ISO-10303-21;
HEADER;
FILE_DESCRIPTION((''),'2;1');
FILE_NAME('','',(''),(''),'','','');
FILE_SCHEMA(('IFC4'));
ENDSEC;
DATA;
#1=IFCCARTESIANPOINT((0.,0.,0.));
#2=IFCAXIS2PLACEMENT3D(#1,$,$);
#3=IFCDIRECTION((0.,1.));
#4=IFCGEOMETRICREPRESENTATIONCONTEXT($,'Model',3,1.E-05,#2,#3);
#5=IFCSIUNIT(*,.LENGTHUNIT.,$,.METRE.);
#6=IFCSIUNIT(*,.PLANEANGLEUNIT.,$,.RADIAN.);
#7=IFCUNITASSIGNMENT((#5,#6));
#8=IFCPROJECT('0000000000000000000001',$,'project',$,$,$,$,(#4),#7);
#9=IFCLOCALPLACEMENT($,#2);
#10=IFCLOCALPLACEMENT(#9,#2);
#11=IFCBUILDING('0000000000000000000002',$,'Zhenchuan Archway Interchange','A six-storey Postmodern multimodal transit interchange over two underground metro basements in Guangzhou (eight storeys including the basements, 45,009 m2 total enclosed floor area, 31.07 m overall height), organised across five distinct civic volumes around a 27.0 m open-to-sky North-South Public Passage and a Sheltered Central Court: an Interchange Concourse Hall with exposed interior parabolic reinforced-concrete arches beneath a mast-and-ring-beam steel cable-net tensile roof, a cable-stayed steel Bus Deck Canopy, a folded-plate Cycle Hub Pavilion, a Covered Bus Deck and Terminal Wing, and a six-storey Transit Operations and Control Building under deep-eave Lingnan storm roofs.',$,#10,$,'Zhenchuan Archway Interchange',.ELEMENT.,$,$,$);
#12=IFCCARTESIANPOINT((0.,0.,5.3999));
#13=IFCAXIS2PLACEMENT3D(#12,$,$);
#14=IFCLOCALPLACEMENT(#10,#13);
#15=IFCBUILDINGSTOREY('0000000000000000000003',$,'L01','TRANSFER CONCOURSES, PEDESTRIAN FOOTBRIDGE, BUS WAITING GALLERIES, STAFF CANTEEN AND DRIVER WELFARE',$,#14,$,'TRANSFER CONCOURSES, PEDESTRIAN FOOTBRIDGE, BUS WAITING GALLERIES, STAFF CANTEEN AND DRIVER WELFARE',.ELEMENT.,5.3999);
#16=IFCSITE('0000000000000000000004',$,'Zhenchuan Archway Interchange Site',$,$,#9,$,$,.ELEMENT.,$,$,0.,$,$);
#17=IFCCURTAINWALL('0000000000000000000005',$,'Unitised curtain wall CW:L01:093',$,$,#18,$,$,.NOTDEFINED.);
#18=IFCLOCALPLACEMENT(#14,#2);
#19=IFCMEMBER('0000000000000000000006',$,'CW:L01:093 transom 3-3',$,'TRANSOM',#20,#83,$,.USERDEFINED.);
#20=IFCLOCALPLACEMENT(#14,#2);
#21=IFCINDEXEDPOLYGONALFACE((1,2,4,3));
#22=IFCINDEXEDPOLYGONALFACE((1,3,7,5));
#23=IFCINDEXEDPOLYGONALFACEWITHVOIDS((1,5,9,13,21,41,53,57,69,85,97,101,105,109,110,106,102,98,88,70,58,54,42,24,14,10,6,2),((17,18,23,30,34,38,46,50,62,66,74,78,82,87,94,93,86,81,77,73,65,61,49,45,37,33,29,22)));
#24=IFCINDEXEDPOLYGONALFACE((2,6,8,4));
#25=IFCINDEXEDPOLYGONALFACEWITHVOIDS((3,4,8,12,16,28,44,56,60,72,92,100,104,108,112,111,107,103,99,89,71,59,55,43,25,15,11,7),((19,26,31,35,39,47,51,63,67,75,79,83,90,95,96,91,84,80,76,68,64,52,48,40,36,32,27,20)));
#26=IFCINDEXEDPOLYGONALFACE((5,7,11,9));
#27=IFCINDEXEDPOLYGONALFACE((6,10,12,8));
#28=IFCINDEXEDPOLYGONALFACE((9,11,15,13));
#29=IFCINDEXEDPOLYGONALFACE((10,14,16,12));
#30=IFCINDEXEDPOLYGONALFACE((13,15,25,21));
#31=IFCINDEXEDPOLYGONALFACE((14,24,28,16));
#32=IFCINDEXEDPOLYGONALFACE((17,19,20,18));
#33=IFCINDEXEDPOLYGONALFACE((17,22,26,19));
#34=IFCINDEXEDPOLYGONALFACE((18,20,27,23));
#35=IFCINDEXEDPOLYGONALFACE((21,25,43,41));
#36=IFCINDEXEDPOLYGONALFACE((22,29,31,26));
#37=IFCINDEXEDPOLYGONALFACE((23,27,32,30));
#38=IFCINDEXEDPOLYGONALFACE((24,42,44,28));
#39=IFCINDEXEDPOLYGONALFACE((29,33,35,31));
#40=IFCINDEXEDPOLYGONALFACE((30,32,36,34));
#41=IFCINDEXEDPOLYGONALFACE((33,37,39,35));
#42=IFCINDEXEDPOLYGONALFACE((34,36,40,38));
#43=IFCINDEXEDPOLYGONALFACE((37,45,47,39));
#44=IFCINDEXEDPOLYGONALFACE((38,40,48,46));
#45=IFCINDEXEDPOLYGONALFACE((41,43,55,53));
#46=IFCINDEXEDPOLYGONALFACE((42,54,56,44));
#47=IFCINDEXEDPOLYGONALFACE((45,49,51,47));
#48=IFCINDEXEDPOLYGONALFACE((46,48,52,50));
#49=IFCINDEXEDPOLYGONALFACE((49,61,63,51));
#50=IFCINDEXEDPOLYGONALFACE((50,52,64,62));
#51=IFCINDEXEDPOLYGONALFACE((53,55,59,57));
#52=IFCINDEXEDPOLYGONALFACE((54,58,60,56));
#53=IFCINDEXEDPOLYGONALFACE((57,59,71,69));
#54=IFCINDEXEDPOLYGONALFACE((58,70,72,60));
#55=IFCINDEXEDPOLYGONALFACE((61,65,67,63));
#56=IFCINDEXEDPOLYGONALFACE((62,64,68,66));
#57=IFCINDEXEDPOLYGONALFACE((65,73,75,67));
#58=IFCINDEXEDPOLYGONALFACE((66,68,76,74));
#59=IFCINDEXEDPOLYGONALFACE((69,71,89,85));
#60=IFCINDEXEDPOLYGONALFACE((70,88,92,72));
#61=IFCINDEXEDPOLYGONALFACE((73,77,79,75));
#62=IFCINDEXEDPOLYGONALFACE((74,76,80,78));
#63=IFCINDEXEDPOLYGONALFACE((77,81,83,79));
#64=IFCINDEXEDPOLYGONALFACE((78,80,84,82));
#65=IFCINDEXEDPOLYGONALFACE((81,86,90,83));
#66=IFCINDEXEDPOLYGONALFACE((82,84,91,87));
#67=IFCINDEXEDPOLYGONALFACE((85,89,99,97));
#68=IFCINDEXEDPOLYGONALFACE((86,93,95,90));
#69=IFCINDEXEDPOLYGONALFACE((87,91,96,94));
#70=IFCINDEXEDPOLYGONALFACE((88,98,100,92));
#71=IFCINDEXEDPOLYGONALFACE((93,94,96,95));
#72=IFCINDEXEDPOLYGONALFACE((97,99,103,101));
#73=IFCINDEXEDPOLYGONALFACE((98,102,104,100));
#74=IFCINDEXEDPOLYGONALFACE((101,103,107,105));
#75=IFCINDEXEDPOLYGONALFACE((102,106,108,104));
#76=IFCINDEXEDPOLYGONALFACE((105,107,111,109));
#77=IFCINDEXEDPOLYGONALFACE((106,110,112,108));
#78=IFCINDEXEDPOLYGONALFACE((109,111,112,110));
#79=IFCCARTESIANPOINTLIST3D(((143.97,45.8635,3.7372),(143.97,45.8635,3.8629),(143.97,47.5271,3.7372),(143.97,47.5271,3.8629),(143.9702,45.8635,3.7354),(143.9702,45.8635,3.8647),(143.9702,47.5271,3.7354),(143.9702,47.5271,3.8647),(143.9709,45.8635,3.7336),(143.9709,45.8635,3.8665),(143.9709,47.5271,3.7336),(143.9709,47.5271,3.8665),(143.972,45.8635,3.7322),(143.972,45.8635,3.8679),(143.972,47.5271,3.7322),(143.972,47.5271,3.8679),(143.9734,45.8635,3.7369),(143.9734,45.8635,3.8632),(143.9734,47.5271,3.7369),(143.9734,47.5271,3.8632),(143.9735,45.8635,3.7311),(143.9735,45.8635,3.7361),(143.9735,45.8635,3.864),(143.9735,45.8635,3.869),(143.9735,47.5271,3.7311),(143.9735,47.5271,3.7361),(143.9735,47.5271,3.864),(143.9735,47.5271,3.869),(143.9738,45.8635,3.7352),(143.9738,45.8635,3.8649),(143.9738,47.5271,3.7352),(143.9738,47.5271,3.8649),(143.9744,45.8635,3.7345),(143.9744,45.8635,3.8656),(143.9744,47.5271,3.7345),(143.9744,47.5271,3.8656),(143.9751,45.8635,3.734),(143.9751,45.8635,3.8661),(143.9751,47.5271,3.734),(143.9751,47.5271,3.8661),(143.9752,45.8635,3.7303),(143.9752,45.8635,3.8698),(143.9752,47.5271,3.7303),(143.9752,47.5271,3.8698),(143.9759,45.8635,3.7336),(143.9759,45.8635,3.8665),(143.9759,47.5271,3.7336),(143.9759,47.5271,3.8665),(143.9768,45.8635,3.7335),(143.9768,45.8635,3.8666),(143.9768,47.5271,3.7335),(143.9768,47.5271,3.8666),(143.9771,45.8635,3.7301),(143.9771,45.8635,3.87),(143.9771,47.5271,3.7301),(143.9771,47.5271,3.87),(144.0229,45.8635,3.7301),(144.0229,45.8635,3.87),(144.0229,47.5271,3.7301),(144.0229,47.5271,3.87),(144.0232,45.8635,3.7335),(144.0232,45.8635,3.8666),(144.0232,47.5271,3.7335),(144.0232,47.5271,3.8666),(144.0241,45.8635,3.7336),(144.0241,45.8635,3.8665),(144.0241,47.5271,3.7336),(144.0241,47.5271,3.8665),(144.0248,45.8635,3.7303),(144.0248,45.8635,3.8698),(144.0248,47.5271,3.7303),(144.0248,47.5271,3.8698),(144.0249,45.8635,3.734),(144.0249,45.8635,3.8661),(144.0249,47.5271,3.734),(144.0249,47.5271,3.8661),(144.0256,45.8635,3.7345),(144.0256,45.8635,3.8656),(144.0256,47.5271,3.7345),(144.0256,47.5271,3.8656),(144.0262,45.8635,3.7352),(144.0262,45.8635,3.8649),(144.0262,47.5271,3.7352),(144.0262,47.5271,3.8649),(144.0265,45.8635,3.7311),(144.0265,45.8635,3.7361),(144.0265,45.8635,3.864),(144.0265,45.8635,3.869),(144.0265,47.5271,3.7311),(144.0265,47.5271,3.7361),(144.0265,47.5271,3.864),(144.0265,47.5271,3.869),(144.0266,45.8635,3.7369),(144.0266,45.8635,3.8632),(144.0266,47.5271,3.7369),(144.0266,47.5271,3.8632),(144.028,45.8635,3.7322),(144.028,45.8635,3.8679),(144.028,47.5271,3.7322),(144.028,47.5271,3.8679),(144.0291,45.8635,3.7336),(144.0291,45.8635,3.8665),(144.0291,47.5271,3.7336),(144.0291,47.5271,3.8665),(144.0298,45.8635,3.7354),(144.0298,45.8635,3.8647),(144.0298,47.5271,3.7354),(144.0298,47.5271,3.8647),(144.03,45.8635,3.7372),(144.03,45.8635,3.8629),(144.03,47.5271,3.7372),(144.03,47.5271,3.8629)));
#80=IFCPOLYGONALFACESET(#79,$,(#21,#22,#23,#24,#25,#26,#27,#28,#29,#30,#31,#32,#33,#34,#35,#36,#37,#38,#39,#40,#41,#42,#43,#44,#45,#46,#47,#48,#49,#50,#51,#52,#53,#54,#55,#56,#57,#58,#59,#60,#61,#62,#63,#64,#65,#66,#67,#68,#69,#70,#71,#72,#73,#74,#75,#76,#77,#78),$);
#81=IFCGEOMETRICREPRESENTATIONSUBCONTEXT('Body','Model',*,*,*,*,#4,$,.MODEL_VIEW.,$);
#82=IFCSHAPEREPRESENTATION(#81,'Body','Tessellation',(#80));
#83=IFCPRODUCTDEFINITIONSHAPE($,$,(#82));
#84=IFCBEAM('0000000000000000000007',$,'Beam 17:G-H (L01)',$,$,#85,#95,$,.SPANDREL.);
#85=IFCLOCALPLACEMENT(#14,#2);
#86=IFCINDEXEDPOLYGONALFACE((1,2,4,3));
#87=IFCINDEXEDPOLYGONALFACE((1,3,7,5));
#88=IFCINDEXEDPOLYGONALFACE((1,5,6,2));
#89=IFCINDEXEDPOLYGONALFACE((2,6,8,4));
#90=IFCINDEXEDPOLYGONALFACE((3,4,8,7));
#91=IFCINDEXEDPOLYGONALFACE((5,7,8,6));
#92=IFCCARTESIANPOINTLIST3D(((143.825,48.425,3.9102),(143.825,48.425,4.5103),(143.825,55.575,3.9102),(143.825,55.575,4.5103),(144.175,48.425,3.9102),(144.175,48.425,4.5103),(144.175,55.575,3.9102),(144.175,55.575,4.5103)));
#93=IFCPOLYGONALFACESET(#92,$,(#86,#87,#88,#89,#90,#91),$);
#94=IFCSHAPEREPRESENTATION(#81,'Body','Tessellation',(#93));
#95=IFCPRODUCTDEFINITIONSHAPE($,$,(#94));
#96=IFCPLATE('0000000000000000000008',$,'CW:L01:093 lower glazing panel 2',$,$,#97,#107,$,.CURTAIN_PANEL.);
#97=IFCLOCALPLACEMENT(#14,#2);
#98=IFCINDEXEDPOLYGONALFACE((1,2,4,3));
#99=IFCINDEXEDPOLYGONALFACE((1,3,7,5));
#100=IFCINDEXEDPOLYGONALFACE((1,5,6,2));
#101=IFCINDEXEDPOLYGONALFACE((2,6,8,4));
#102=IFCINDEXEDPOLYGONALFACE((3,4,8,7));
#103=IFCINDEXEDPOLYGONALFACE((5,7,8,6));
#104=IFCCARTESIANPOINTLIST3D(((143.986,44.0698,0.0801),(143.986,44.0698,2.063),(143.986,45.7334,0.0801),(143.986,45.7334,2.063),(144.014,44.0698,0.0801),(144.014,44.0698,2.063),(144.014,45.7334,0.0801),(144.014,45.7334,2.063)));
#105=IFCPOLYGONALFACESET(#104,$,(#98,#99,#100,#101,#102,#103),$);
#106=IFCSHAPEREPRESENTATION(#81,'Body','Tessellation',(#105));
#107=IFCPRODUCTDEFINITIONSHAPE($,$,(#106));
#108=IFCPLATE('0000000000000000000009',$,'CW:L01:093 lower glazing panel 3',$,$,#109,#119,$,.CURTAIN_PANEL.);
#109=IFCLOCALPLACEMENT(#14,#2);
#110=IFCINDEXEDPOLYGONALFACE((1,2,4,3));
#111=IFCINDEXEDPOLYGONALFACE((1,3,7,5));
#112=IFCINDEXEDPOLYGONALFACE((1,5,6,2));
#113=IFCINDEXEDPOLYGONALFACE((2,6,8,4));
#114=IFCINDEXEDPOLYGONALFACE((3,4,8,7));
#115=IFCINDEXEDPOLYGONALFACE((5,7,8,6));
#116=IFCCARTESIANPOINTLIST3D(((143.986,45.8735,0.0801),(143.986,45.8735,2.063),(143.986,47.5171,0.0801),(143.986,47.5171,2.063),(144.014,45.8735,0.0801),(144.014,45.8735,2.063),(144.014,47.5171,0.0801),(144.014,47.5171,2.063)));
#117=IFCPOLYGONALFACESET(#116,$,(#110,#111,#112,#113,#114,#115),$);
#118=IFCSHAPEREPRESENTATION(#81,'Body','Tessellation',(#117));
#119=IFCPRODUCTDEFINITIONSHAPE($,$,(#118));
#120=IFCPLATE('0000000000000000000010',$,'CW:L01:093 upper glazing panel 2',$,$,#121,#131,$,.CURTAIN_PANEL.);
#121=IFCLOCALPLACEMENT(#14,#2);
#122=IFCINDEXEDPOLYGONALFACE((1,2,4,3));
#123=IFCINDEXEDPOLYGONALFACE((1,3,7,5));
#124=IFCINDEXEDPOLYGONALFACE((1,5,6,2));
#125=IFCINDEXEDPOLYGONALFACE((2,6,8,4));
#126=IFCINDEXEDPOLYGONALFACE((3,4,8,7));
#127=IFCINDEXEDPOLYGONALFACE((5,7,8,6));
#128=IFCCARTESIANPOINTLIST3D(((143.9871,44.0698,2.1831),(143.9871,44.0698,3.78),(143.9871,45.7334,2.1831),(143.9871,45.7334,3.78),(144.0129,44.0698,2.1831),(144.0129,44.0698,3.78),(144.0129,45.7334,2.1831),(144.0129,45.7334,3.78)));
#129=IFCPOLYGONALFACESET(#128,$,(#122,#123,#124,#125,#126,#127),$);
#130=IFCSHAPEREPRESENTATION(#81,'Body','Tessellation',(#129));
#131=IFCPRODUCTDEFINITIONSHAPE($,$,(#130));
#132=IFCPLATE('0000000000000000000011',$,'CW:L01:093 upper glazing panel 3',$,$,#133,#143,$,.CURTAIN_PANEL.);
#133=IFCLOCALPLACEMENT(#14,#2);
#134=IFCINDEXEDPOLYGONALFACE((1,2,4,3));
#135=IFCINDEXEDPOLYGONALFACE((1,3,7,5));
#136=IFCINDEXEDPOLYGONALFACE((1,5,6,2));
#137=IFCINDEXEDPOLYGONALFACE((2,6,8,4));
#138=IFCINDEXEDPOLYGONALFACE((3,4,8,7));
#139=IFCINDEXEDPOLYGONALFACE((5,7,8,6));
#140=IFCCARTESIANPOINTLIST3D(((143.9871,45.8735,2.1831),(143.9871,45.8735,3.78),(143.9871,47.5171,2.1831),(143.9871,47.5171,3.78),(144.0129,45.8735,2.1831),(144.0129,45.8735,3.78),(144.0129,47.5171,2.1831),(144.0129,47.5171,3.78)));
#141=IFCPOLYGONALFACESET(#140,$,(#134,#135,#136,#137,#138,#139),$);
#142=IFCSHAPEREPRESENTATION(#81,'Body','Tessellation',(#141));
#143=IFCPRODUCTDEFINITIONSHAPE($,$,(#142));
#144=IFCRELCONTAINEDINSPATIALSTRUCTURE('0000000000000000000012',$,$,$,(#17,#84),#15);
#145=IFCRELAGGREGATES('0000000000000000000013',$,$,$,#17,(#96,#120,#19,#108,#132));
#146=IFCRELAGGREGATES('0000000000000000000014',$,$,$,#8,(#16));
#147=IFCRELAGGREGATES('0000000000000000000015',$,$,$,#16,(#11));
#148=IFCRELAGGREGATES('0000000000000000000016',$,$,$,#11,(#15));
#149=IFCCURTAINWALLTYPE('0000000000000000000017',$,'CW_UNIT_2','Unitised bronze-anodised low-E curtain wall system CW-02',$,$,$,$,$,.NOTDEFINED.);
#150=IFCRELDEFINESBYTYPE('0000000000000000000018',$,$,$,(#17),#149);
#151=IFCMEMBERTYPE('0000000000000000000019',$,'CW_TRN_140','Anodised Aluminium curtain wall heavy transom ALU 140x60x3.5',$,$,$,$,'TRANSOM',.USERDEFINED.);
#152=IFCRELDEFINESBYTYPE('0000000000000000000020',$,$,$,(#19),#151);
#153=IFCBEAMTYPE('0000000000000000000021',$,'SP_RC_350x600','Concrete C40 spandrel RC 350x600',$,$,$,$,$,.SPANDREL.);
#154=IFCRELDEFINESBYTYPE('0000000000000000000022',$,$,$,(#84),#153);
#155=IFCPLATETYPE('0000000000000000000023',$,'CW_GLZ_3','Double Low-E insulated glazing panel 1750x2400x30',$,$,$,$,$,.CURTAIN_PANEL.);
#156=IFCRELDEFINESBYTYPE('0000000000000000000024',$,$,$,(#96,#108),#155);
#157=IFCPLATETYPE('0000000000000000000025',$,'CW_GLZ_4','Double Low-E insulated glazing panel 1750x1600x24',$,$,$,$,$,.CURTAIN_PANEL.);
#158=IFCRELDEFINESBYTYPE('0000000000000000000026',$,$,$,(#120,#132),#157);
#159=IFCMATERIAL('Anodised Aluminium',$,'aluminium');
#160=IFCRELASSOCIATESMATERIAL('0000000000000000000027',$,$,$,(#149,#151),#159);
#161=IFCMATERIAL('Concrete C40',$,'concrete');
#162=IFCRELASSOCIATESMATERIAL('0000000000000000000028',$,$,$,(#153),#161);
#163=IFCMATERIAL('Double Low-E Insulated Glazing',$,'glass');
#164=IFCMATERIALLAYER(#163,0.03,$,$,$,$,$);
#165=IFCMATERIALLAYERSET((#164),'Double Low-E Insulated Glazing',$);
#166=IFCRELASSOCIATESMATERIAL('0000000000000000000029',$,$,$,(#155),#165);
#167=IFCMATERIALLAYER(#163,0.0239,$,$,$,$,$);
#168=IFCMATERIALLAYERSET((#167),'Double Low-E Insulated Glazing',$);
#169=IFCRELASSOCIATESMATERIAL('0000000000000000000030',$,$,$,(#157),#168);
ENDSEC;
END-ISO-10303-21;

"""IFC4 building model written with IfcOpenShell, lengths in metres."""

from ifc_helpers import new_model, si_unit, direction, frame, origin, origin_2d, place, context, subcontext, project, spatial, rectangle, hollow_rectangle, extrude, material, layer, layer_set, material_profile, profile_set, type_object, element, aggregate, save


model = new_model("IFC4")

# Units and contexts
model_context = context("Model", 3, precision=1e-05, world=origin(), true_north=direction((0.0, 1.0)))
body_context = subcontext(model_context, "Body", "Model", "MODEL_VIEW")
ifc_project = project(units=[si_unit("LENGTHUNIT", "METRE"), si_unit("PLANEANGLEUNIT", "RADIAN")], contexts=[model_context])

# Site, building, storey
site_placement = place(None, origin())
site = spatial("IfcSite", under=ifc_project, at=site_placement, Name="Zhenchuan Archway Interchange Site", CompositionType="ELEMENT", RefElevation=0.0)
building_placement = place(site_placement, origin())
building = spatial("IfcBuilding", under=site, at=building_placement, Name="Zhenchuan Archway Interchange", Description="A six-storey Postmodern multimodal transit interchange over two underground metro basements in Guangzhou (eight storeys including the basements, 45,009 m2 total enclosed floor area, 31.07 m overall height), organised across five distinct civic volumes around a 27.0 m open-to-sky North-South Public Passage and a Sheltered Central Court: an Interchange Concourse Hall with exposed interior parabolic reinforced-concrete arches beneath a mast-and-ring-beam steel cable-net tensile roof, a cable-stayed steel Bus Deck Canopy, a folded-plate Cycle Hub Pavilion, a Covered Bus Deck and Terminal Wing, and a six-storey Transit Operations and Control Building under deep-eave Lingnan storm roofs.", LongName="Zhenchuan Archway Interchange", CompositionType="ELEMENT")
storey_placement = place(building_placement, frame((0.0, 0.0, 5.3999)))
storey = spatial("IfcBuildingStorey", under=building, at=storey_placement, Name="L01", Description="TRANSFER CONCOURSES, PEDESTRIAN FOOTBRIDGE, BUS WAITING GALLERIES, STAFF CANTEEN AND DRIVER WELFARE", LongName="TRANSFER CONCOURSES, PEDESTRIAN FOOTBRIDGE, BUS WAITING GALLERIES, STAFF CANTEEN AND DRIVER WELFARE", CompositionType="ELEMENT", Elevation=5.3999)

# Shared definitions
ifc_material_1 = material(Name="Concrete C40", Category="concrete")

# Curtain wall, member
ifc_material_2 = material(Name="Anodised Aluminium", Category="aluminium")
curtain_wall_type = type_object("IfcCurtainWallType", Name="CW_UNIT_2", Description="Unitised bronze-anodised low-E curtain wall system CW-02", PredefinedType="NOTDEFINED", material=ifc_material_2)
curtain_wall_placement = place(storey_placement, origin())
curtain_wall = element("IfcCurtainWall", 1, at=curtain_wall_placement, inside=storey, type_object=curtain_wall_type, Name="Unitised curtain wall CW:L01:093", PredefinedType="NOTDEFINED")
ifc_material_profile_1 = material_profile(ifc_material_2, hollow_rectangle(XDim=0.0601, YDim=0.1399, WallThickness=0.0034, InnerFilletRadius=0.0034, OuterFilletRadius=0.0071, at=origin_2d()), Name="ALU 140x60x3.5")
ifc_profile_set_1 = profile_set([ifc_material_profile_1], Name="Anodised Aluminium")
member_type_1 = type_object("IfcMemberType", Name="CW_TRN_140", Description="Anodised Aluminium curtain wall heavy transom ALU 140x60x3.5", ElementType="TRANSOM", PredefinedType="USERDEFINED", material=ifc_profile_set_1)
member_1_placement = place(storey_placement, frame((144.0, 45.8635, 3.8), z_axis=(0.0, 1.0, 0.0), x_axis=(-1.0, 0.0, 0.0)))
member_1 = element("IfcMember", 2, at=member_1_placement, type_object=member_type_1, Name="CW:L01:093 transom 3-3", ObjectType="TRANSOM", PredefinedType="USERDEFINED", context=body_context, shape_type="SweptSolid", body=[
    extrude(hollow_rectangle(XDim=0.0601, YDim=0.1399, WallThickness=0.0034, InnerFilletRadius=0.0034, OuterFilletRadius=0.0071, at=origin_2d()), origin(), (0.0, 0.0, 1.0), 1.6636),
])

# Beam
ifc_material_profile_2 = material_profile(ifc_material_1, rectangle(XDim=0.3501, YDim=0.6001, at=origin_2d()), Name="RC 350x600")
ifc_profile_set_2 = profile_set([ifc_material_profile_2], Name="Concrete C40")
beam_type_1 = type_object("IfcBeamType", Name="SP_RC_350x600", Description="Concrete C40 spandrel RC 350x600", PredefinedType="SPANDREL", material=ifc_profile_set_2)
beam_placement = place(storey_placement, frame((144.0, 48.425, 4.2102), z_axis=(0.0, 1.0, 0.0), x_axis=(-1.0, 0.0, 0.0)))
element("IfcBeam", 3, at=beam_placement, inside=storey, type_object=beam_type_1, Name="Beam 17:G-H (L01)", PredefinedType="SPANDREL", context=body_context, shape_type="SweptSolid", body=[
    extrude(rectangle(XDim=0.3501, YDim=0.6001, at=origin_2d()), origin(), (0.0, 0.0, 1.0), 7.1499),
])

# Plates
ifc_material_3 = material(Name="Double Low-E Insulated Glazing", Category="glass")
ifc_layer_1 = layer(ifc_material_3, 0.03)
ifc_layer_set_1 = layer_set([ifc_layer_1], Name="Double Low-E Insulated Glazing")
plate_type_1 = type_object("IfcPlateType", Name="CW_GLZ_3", Description="Double Low-E insulated glazing panel 1750x2400x30", PredefinedType="CURTAIN_PANEL", material=ifc_layer_set_1)
plate_1_placement = place(storey_placement, frame((144.0, 44.9016, 0.0801), z_axis=(0.0, 0.0, 1.0), x_axis=(0.0, 1.0, 0.0)))
plate_1 = element("IfcPlate", 4, at=plate_1_placement, type_object=plate_type_1, Name="CW:L01:093 lower glazing panel 2", PredefinedType="CURTAIN_PANEL", context=body_context, shape_type="SweptSolid", body=[
    extrude(rectangle(XDim=1.6636, YDim=0.0281, at=origin_2d()), origin(), (0.0, 0.0, 1.0), 1.9829),
])
plate_2_placement = place(storey_placement, frame((144.0, 46.6953, 0.0801), z_axis=(0.0, 0.0, 1.0), x_axis=(0.0, 1.0, 0.0)))
plate_2 = element("IfcPlate", 5, at=plate_2_placement, type_object=plate_type_1, Name="CW:L01:093 lower glazing panel 3", PredefinedType="CURTAIN_PANEL", context=body_context, shape_type="SweptSolid", body=[
    extrude(rectangle(XDim=1.6436, YDim=0.0281, at=origin_2d()), origin(), (0.0, 0.0, 1.0), 1.9829),
])
ifc_layer_2 = layer(ifc_material_3, 0.0239)
ifc_layer_set_2 = layer_set([ifc_layer_2], Name="Double Low-E Insulated Glazing")
plate_type_2 = type_object("IfcPlateType", Name="CW_GLZ_4", Description="Double Low-E insulated glazing panel 1750x1600x24", PredefinedType="CURTAIN_PANEL", material=ifc_layer_set_2)
plate_3_placement = place(storey_placement, frame((144.0, 44.9016, 2.1831), z_axis=(0.0, 0.0, 1.0), x_axis=(0.0, 1.0, 0.0)))
plate_3 = element("IfcPlate", 6, at=plate_3_placement, type_object=plate_type_2, Name="CW:L01:093 upper glazing panel 2", PredefinedType="CURTAIN_PANEL", context=body_context, shape_type="SweptSolid", body=[
    extrude(rectangle(XDim=1.6636, YDim=0.0259, at=origin_2d()), origin(), (0.0, 0.0, 1.0), 1.5969),
])
plate_4_placement = place(storey_placement, frame((144.0, 46.6953, 2.1831), z_axis=(0.0, 0.0, 1.0), x_axis=(0.0, 1.0, 0.0)))
plate_4 = element("IfcPlate", 7, at=plate_4_placement, type_object=plate_type_2, Name="CW:L01:093 upper glazing panel 3", PredefinedType="CURTAIN_PANEL", context=body_context, shape_type="SweptSolid", body=[
    extrude(rectangle(XDim=1.6436, YDim=0.0259, at=origin_2d()), origin(), (0.0, 0.0, 1.0), 1.5969),
])
aggregate(curtain_wall, [plate_1, plate_3, member_1, plate_2, plate_4])

save(model, "model.ifc")
